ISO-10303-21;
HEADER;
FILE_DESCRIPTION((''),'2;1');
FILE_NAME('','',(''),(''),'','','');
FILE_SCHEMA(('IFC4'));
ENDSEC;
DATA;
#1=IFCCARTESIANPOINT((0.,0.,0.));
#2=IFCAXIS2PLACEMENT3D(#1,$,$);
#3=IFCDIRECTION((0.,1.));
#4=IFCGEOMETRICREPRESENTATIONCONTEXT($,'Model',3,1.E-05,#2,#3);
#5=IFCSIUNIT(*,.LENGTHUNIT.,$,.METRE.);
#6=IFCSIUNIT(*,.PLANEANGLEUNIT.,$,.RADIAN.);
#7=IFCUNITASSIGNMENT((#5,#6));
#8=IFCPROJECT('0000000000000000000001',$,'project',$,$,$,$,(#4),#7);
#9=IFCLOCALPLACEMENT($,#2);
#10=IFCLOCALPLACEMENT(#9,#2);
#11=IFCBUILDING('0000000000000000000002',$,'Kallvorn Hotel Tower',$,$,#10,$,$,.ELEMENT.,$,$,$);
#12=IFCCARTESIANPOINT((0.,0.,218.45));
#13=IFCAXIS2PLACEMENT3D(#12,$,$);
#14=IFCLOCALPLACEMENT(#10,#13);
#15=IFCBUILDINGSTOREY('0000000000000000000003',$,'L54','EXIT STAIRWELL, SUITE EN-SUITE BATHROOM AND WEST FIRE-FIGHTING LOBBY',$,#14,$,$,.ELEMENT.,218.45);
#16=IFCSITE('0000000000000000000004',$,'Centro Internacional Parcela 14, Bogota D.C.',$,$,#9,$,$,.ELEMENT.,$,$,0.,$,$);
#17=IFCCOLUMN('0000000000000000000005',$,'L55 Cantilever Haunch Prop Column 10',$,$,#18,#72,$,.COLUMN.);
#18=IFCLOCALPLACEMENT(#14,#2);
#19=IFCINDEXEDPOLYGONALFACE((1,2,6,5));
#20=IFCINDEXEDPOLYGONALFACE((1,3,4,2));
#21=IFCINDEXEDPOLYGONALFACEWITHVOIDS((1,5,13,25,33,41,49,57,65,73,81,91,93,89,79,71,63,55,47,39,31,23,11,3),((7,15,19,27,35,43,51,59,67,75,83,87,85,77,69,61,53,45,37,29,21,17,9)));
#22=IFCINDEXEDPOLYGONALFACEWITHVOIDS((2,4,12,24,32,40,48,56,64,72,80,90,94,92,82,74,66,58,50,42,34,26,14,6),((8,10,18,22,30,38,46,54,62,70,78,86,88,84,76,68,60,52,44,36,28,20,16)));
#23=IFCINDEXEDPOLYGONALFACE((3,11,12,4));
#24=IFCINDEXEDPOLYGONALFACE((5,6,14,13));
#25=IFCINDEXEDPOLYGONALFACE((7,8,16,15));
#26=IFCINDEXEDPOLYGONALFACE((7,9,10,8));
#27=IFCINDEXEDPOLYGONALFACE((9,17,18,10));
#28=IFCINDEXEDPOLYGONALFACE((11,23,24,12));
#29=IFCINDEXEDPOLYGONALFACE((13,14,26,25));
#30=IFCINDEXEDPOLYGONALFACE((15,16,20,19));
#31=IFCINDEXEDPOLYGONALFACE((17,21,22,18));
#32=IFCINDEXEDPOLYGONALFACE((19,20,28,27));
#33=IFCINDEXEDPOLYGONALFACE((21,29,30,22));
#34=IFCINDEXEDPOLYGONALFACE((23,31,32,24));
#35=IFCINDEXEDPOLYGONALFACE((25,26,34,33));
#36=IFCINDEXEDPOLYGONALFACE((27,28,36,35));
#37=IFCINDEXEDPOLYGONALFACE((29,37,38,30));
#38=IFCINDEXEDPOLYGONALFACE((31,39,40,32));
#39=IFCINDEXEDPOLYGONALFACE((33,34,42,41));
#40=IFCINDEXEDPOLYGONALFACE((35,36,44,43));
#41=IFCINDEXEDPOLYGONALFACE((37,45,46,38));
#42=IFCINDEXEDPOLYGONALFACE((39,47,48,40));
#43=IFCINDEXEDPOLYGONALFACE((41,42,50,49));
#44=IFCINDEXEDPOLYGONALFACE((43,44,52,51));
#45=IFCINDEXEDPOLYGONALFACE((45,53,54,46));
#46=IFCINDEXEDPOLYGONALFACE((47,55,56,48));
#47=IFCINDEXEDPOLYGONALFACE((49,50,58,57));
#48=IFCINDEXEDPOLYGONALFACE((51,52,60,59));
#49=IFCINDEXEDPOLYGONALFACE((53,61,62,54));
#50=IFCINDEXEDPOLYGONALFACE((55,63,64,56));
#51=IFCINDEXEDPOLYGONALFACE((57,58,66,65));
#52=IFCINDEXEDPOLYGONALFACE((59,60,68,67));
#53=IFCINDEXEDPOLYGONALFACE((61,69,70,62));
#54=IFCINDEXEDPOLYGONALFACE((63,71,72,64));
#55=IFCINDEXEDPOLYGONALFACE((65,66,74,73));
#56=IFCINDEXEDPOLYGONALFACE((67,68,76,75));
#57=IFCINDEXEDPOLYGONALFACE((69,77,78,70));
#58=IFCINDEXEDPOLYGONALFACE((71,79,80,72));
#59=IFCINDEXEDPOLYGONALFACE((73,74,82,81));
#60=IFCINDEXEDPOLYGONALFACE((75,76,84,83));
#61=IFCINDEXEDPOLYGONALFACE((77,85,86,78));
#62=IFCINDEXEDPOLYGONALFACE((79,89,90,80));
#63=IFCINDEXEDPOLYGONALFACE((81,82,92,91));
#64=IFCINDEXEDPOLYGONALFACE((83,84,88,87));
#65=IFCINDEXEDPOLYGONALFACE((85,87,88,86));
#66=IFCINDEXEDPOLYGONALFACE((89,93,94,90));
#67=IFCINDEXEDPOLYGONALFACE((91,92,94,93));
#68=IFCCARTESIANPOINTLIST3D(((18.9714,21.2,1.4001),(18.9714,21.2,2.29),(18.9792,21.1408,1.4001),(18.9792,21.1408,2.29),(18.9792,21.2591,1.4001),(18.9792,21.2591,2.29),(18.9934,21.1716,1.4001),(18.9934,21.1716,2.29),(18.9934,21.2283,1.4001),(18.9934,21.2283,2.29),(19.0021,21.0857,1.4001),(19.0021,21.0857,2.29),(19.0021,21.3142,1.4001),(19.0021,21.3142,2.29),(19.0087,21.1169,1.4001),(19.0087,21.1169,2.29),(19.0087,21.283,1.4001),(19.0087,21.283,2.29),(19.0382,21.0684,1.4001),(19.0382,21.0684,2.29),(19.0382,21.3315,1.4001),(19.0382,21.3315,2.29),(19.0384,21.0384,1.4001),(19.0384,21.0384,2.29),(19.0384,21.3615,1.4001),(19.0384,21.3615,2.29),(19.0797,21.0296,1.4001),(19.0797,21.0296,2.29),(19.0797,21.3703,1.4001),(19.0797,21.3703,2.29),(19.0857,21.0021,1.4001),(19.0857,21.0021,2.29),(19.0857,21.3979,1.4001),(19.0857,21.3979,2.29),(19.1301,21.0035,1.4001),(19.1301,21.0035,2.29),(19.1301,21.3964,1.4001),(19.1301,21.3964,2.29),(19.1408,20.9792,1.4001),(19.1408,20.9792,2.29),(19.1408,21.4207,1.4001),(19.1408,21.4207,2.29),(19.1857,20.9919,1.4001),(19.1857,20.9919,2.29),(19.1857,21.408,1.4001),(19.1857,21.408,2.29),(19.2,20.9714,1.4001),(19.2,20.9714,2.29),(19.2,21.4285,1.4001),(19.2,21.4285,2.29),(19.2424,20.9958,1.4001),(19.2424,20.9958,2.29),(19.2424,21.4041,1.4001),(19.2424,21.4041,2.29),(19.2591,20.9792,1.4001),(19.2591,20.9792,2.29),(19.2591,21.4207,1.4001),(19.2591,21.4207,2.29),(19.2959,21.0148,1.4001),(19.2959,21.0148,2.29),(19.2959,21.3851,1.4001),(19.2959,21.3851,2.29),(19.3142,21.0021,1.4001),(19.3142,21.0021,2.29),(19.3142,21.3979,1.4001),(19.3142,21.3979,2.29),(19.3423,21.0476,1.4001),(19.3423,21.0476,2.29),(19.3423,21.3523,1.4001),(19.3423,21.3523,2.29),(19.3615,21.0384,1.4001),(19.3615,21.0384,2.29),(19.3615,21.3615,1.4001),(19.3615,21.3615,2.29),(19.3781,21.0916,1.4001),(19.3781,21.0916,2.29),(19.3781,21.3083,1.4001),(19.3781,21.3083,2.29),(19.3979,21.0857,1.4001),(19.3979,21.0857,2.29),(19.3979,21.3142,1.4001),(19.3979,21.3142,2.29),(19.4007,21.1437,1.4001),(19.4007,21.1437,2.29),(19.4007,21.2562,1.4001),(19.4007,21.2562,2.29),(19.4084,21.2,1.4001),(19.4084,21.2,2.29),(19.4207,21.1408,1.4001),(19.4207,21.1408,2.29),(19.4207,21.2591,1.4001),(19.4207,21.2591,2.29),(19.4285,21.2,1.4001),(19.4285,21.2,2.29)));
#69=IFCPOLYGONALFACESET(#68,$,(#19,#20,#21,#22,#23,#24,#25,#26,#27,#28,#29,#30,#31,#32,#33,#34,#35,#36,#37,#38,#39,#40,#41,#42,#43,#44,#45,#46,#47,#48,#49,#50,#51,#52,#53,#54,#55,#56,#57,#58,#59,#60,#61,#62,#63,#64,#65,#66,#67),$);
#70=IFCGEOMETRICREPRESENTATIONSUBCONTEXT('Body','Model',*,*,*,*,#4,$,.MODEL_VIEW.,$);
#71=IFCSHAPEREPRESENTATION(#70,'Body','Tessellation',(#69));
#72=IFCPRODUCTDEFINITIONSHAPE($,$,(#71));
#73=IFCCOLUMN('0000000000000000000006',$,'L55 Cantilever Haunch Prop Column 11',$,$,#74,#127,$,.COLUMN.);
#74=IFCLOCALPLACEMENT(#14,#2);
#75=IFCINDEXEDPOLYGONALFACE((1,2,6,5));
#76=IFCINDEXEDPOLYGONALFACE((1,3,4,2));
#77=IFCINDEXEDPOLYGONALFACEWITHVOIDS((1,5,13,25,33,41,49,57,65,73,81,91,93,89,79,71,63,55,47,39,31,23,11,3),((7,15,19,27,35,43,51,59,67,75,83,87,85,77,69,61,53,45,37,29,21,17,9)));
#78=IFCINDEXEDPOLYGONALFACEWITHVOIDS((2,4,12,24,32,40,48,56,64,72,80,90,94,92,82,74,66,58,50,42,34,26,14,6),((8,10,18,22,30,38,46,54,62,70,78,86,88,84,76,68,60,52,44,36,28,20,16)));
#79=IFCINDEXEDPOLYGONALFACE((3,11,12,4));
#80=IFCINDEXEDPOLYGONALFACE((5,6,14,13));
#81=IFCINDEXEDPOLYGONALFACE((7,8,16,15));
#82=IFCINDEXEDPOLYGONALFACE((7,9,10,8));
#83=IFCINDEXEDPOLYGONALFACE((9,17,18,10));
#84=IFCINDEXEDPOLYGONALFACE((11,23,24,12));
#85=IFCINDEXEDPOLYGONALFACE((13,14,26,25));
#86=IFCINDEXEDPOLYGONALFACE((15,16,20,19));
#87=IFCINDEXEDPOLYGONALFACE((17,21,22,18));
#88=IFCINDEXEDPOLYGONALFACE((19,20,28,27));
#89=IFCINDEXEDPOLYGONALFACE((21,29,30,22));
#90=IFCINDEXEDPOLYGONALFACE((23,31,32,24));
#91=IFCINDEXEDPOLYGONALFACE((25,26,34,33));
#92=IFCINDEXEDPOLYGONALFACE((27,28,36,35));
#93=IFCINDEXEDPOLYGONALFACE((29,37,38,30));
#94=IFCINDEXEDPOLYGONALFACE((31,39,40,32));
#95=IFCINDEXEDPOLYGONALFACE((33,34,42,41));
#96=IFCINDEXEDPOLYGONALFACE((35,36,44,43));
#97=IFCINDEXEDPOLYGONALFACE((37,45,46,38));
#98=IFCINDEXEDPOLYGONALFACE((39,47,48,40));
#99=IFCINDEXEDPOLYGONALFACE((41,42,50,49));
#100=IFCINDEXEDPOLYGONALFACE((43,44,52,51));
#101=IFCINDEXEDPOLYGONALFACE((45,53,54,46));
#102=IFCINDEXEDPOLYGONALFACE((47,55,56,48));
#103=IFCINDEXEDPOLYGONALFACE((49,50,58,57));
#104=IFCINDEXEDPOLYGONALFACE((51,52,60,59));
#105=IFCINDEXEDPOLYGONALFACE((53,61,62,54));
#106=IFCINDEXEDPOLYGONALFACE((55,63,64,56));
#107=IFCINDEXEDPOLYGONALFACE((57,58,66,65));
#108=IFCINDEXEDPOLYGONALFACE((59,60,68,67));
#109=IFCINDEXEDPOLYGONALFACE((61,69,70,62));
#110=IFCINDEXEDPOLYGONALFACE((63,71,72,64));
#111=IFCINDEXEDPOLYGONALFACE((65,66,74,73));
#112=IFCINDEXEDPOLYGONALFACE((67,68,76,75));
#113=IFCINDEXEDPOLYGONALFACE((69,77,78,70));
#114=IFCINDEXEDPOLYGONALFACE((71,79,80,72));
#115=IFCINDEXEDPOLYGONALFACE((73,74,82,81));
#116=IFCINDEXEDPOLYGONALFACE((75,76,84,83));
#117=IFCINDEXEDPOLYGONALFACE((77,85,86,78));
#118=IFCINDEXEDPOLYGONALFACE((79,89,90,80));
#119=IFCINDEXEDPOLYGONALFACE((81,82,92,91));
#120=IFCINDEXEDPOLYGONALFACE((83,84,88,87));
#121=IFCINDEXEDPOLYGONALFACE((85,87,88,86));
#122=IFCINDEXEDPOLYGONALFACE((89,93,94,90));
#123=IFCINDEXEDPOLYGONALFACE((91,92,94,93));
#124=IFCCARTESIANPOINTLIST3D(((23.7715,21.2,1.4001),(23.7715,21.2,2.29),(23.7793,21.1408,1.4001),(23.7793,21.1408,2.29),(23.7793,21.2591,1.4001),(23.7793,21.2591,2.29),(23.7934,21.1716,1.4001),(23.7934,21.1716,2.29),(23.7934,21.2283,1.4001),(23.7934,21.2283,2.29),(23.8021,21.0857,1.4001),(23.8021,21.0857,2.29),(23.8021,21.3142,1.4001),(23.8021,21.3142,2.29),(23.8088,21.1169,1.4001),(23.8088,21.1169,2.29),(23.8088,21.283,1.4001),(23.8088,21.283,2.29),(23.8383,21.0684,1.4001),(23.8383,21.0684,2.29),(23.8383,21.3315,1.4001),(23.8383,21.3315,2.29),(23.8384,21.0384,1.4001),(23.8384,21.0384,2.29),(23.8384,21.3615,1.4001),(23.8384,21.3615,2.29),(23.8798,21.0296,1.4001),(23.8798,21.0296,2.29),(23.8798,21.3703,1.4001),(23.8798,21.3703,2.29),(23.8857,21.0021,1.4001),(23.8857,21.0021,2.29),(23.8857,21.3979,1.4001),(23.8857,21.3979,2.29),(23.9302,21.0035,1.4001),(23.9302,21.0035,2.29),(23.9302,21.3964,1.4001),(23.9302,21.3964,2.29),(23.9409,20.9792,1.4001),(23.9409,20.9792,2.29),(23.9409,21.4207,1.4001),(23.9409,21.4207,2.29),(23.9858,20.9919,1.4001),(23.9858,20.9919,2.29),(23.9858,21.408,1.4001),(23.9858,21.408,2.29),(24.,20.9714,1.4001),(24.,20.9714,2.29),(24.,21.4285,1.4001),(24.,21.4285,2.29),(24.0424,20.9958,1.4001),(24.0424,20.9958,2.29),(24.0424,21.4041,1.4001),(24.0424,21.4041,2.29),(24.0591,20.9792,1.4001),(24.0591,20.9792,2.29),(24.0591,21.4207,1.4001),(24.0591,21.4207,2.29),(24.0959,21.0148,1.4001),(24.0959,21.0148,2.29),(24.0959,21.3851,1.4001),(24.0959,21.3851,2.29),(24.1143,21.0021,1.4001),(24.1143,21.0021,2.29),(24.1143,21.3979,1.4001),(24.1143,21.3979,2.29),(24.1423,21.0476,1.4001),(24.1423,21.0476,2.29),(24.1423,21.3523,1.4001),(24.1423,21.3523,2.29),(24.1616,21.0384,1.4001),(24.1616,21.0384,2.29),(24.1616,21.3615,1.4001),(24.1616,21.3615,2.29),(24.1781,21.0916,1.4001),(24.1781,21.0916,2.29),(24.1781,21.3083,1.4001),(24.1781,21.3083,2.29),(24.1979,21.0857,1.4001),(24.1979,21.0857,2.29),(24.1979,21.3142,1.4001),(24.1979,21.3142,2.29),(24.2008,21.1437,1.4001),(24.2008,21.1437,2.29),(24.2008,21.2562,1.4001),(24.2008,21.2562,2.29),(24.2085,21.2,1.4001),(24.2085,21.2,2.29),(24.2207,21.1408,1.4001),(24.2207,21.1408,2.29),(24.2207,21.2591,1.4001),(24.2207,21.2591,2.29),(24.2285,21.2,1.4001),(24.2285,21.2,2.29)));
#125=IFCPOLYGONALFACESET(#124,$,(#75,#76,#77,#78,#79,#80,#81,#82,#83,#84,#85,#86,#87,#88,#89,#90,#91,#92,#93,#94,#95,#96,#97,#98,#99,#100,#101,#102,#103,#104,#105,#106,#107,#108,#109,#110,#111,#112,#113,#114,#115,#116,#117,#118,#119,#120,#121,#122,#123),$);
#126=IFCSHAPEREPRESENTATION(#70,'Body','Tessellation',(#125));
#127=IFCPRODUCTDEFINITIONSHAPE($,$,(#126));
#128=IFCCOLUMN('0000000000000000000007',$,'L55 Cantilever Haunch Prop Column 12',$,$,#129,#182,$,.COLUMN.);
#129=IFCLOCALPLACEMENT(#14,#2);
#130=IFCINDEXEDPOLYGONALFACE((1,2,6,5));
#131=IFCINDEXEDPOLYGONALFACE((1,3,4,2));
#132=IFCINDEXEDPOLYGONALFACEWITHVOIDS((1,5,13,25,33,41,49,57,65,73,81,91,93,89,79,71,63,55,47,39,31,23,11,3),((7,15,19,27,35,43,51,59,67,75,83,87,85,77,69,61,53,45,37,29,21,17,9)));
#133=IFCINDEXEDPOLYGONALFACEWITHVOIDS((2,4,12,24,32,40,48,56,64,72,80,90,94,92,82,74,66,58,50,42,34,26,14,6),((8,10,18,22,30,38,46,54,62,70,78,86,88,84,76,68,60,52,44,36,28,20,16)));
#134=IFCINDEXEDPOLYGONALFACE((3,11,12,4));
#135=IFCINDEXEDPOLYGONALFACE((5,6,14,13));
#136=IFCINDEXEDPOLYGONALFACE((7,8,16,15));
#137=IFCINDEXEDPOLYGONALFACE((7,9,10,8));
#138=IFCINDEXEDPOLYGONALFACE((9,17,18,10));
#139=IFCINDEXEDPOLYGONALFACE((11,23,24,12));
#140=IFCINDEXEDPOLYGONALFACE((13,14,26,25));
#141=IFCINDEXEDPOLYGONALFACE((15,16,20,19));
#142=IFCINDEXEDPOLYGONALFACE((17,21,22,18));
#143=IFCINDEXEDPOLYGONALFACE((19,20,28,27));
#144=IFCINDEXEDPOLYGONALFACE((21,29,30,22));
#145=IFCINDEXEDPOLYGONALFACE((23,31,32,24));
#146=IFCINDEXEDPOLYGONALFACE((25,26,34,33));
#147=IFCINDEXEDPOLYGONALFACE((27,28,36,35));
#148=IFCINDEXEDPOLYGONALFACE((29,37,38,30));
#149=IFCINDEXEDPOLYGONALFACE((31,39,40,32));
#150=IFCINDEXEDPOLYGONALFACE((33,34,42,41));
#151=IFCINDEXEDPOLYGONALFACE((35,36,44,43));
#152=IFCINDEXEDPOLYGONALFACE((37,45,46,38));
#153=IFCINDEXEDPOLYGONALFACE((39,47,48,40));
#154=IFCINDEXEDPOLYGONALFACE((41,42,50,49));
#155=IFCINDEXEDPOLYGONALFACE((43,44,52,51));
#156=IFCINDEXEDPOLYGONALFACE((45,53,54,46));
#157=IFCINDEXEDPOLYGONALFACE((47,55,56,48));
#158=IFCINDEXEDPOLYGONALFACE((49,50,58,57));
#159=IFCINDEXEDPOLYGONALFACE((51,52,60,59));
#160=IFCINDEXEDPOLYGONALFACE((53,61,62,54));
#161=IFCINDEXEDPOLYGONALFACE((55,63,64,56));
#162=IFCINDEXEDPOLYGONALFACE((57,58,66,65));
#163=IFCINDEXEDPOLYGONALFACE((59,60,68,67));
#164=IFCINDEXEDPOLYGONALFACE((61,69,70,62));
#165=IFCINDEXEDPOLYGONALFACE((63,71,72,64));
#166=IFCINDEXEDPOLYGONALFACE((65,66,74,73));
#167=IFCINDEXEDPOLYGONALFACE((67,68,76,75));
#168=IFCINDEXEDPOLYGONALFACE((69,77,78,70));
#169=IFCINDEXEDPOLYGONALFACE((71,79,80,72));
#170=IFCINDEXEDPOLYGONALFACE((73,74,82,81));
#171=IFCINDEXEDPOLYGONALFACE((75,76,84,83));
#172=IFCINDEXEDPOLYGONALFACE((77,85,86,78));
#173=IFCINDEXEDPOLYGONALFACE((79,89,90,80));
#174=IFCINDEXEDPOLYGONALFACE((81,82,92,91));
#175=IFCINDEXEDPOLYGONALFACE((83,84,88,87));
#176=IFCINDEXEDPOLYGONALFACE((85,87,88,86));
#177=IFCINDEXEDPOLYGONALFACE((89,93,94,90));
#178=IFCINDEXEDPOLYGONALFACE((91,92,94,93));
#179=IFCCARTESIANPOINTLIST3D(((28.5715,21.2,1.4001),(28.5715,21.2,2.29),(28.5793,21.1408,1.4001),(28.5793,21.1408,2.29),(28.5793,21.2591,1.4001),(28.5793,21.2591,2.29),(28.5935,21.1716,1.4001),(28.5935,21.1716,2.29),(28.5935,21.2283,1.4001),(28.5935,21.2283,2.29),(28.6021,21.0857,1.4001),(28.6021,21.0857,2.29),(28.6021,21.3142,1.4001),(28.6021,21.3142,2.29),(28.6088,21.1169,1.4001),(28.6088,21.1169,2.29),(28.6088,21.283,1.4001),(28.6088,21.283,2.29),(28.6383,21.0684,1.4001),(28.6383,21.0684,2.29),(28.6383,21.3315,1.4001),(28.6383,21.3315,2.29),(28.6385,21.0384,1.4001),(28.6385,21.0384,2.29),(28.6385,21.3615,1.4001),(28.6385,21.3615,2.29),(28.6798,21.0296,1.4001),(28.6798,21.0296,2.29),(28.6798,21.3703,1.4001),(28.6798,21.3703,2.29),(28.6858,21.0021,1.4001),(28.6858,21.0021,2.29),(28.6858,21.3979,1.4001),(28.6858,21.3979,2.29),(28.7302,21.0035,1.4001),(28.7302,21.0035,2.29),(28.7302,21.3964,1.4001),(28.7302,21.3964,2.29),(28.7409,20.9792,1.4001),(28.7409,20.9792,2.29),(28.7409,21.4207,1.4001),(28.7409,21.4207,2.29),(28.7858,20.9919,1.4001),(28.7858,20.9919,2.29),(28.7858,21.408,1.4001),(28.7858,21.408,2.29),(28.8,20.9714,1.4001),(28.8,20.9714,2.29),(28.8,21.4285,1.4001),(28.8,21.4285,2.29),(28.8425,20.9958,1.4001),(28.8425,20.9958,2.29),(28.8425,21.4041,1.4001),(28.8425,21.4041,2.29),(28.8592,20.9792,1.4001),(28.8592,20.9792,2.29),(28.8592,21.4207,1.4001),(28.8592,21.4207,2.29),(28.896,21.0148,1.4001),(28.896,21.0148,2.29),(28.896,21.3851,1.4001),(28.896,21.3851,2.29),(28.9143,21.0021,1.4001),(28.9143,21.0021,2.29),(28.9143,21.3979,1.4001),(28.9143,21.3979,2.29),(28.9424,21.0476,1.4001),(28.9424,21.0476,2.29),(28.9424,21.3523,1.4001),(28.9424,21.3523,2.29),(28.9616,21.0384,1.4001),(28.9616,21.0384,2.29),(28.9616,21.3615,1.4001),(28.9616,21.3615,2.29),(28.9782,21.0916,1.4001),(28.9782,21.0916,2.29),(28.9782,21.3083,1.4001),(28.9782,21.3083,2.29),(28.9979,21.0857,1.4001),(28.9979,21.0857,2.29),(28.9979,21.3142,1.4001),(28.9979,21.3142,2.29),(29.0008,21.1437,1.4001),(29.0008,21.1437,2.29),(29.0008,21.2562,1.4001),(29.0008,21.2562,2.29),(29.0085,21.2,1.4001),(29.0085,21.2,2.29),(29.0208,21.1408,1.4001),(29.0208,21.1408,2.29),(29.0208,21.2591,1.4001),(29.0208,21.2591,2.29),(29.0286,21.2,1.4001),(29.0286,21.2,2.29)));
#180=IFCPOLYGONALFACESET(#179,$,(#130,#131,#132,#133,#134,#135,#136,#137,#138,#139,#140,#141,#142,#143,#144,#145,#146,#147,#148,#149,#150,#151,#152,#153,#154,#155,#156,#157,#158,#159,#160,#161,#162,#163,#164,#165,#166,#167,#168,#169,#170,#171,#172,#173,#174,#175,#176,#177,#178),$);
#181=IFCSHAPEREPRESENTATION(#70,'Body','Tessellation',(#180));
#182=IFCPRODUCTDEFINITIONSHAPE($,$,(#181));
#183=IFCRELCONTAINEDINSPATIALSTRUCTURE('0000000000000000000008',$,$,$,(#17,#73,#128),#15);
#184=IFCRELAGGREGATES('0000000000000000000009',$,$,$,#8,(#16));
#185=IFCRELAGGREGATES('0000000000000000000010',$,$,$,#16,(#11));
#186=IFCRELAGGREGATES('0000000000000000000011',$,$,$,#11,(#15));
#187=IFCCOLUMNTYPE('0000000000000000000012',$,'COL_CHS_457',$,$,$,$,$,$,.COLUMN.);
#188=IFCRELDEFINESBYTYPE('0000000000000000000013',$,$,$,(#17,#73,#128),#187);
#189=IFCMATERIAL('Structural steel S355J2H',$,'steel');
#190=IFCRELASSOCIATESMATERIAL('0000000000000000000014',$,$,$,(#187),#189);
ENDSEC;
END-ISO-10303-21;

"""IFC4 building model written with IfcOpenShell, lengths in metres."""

from ifc_helpers import new_model, si_unit, direction, frame, origin, origin_2d, place, context, subcontext, project, spatial, hollow_circle, extrude, material, material_profile, profile_set, type_object, element, save


model = new_model("IFC4")

# Units and contexts
model_context = context("Model", 3, precision=1e-05, world=origin(), true_north=direction((0.0, 1.0)))
body_context = subcontext(model_context, "Body", "Model", "MODEL_VIEW")
ifc_project = project(units=[si_unit("LENGTHUNIT", "METRE"), si_unit("PLANEANGLEUNIT", "RADIAN")], contexts=[model_context])

# Site, building, storey
site_placement = place(None, origin())
site = spatial("IfcSite", under=ifc_project, at=site_placement, Name="Centro Internacional Parcela 14, Bogota D.C.", CompositionType="ELEMENT", RefElevation=0.0)
building_placement = place(site_placement, origin())
building = spatial("IfcBuilding", under=site, at=building_placement, Name="Kallvorn Hotel Tower", CompositionType="ELEMENT")
storey_placement = place(building_placement, frame((0.0, 0.0, 218.45)))
storey = spatial("IfcBuildingStorey", under=building, at=storey_placement, Name="L54", Description="EXIT STAIRWELL, SUITE EN-SUITE BATHROOM AND WEST FIRE-FIGHTING LOBBY", CompositionType="ELEMENT", Elevation=218.45)

# Columns
ifc_material_1 = material(Name="Structural steel S355J2H", Category="steel")
ifc_material_profile_1 = material_profile(ifc_material_1, hollow_circle(Radius=0.2285, WallThickness=0.02, at=origin_2d()), Name="CHS 457x20")
ifc_profile_set_1 = profile_set([ifc_material_profile_1], Name="Structural steel S355J2H")
column_type_1 = type_object("IfcColumnType", Name="COL_CHS_457", PredefinedType="COLUMN", material=ifc_profile_set_1)
for number, where, z_axis, x_axis, name in (
    (1, (19.2, 21.2, 1.4001), (0.0, 0.0, 1.0), (1.0, 0.0, 0.0), "L55 Cantilever Haunch Prop Column 10"),
    (2, (24.0, 21.2, 1.4001), (0.0, 0.0, 1.0), (1.0, 0.0, 0.0), "L55 Cantilever Haunch Prop Column 11"),
    (3, (28.8, 21.2, 1.4001), (0.0, 0.0, 1.0), (1.0, 0.0, 0.0), "L55 Cantilever Haunch Prop Column 12"),
):
    element("IfcColumn", number, at=place(storey_placement, frame(where, z_axis=z_axis, x_axis=x_axis)), inside=storey, type_object=column_type_1, Name=name, PredefinedType="COLUMN", context=body_context, shape_type="SweptSolid", body=[
        extrude(hollow_circle(Radius=0.2285, WallThickness=0.02, at=origin_2d()), origin(), (0.0, 0.0, 1.0), 0.8899),
    ])

save(model, "model.ifc")
